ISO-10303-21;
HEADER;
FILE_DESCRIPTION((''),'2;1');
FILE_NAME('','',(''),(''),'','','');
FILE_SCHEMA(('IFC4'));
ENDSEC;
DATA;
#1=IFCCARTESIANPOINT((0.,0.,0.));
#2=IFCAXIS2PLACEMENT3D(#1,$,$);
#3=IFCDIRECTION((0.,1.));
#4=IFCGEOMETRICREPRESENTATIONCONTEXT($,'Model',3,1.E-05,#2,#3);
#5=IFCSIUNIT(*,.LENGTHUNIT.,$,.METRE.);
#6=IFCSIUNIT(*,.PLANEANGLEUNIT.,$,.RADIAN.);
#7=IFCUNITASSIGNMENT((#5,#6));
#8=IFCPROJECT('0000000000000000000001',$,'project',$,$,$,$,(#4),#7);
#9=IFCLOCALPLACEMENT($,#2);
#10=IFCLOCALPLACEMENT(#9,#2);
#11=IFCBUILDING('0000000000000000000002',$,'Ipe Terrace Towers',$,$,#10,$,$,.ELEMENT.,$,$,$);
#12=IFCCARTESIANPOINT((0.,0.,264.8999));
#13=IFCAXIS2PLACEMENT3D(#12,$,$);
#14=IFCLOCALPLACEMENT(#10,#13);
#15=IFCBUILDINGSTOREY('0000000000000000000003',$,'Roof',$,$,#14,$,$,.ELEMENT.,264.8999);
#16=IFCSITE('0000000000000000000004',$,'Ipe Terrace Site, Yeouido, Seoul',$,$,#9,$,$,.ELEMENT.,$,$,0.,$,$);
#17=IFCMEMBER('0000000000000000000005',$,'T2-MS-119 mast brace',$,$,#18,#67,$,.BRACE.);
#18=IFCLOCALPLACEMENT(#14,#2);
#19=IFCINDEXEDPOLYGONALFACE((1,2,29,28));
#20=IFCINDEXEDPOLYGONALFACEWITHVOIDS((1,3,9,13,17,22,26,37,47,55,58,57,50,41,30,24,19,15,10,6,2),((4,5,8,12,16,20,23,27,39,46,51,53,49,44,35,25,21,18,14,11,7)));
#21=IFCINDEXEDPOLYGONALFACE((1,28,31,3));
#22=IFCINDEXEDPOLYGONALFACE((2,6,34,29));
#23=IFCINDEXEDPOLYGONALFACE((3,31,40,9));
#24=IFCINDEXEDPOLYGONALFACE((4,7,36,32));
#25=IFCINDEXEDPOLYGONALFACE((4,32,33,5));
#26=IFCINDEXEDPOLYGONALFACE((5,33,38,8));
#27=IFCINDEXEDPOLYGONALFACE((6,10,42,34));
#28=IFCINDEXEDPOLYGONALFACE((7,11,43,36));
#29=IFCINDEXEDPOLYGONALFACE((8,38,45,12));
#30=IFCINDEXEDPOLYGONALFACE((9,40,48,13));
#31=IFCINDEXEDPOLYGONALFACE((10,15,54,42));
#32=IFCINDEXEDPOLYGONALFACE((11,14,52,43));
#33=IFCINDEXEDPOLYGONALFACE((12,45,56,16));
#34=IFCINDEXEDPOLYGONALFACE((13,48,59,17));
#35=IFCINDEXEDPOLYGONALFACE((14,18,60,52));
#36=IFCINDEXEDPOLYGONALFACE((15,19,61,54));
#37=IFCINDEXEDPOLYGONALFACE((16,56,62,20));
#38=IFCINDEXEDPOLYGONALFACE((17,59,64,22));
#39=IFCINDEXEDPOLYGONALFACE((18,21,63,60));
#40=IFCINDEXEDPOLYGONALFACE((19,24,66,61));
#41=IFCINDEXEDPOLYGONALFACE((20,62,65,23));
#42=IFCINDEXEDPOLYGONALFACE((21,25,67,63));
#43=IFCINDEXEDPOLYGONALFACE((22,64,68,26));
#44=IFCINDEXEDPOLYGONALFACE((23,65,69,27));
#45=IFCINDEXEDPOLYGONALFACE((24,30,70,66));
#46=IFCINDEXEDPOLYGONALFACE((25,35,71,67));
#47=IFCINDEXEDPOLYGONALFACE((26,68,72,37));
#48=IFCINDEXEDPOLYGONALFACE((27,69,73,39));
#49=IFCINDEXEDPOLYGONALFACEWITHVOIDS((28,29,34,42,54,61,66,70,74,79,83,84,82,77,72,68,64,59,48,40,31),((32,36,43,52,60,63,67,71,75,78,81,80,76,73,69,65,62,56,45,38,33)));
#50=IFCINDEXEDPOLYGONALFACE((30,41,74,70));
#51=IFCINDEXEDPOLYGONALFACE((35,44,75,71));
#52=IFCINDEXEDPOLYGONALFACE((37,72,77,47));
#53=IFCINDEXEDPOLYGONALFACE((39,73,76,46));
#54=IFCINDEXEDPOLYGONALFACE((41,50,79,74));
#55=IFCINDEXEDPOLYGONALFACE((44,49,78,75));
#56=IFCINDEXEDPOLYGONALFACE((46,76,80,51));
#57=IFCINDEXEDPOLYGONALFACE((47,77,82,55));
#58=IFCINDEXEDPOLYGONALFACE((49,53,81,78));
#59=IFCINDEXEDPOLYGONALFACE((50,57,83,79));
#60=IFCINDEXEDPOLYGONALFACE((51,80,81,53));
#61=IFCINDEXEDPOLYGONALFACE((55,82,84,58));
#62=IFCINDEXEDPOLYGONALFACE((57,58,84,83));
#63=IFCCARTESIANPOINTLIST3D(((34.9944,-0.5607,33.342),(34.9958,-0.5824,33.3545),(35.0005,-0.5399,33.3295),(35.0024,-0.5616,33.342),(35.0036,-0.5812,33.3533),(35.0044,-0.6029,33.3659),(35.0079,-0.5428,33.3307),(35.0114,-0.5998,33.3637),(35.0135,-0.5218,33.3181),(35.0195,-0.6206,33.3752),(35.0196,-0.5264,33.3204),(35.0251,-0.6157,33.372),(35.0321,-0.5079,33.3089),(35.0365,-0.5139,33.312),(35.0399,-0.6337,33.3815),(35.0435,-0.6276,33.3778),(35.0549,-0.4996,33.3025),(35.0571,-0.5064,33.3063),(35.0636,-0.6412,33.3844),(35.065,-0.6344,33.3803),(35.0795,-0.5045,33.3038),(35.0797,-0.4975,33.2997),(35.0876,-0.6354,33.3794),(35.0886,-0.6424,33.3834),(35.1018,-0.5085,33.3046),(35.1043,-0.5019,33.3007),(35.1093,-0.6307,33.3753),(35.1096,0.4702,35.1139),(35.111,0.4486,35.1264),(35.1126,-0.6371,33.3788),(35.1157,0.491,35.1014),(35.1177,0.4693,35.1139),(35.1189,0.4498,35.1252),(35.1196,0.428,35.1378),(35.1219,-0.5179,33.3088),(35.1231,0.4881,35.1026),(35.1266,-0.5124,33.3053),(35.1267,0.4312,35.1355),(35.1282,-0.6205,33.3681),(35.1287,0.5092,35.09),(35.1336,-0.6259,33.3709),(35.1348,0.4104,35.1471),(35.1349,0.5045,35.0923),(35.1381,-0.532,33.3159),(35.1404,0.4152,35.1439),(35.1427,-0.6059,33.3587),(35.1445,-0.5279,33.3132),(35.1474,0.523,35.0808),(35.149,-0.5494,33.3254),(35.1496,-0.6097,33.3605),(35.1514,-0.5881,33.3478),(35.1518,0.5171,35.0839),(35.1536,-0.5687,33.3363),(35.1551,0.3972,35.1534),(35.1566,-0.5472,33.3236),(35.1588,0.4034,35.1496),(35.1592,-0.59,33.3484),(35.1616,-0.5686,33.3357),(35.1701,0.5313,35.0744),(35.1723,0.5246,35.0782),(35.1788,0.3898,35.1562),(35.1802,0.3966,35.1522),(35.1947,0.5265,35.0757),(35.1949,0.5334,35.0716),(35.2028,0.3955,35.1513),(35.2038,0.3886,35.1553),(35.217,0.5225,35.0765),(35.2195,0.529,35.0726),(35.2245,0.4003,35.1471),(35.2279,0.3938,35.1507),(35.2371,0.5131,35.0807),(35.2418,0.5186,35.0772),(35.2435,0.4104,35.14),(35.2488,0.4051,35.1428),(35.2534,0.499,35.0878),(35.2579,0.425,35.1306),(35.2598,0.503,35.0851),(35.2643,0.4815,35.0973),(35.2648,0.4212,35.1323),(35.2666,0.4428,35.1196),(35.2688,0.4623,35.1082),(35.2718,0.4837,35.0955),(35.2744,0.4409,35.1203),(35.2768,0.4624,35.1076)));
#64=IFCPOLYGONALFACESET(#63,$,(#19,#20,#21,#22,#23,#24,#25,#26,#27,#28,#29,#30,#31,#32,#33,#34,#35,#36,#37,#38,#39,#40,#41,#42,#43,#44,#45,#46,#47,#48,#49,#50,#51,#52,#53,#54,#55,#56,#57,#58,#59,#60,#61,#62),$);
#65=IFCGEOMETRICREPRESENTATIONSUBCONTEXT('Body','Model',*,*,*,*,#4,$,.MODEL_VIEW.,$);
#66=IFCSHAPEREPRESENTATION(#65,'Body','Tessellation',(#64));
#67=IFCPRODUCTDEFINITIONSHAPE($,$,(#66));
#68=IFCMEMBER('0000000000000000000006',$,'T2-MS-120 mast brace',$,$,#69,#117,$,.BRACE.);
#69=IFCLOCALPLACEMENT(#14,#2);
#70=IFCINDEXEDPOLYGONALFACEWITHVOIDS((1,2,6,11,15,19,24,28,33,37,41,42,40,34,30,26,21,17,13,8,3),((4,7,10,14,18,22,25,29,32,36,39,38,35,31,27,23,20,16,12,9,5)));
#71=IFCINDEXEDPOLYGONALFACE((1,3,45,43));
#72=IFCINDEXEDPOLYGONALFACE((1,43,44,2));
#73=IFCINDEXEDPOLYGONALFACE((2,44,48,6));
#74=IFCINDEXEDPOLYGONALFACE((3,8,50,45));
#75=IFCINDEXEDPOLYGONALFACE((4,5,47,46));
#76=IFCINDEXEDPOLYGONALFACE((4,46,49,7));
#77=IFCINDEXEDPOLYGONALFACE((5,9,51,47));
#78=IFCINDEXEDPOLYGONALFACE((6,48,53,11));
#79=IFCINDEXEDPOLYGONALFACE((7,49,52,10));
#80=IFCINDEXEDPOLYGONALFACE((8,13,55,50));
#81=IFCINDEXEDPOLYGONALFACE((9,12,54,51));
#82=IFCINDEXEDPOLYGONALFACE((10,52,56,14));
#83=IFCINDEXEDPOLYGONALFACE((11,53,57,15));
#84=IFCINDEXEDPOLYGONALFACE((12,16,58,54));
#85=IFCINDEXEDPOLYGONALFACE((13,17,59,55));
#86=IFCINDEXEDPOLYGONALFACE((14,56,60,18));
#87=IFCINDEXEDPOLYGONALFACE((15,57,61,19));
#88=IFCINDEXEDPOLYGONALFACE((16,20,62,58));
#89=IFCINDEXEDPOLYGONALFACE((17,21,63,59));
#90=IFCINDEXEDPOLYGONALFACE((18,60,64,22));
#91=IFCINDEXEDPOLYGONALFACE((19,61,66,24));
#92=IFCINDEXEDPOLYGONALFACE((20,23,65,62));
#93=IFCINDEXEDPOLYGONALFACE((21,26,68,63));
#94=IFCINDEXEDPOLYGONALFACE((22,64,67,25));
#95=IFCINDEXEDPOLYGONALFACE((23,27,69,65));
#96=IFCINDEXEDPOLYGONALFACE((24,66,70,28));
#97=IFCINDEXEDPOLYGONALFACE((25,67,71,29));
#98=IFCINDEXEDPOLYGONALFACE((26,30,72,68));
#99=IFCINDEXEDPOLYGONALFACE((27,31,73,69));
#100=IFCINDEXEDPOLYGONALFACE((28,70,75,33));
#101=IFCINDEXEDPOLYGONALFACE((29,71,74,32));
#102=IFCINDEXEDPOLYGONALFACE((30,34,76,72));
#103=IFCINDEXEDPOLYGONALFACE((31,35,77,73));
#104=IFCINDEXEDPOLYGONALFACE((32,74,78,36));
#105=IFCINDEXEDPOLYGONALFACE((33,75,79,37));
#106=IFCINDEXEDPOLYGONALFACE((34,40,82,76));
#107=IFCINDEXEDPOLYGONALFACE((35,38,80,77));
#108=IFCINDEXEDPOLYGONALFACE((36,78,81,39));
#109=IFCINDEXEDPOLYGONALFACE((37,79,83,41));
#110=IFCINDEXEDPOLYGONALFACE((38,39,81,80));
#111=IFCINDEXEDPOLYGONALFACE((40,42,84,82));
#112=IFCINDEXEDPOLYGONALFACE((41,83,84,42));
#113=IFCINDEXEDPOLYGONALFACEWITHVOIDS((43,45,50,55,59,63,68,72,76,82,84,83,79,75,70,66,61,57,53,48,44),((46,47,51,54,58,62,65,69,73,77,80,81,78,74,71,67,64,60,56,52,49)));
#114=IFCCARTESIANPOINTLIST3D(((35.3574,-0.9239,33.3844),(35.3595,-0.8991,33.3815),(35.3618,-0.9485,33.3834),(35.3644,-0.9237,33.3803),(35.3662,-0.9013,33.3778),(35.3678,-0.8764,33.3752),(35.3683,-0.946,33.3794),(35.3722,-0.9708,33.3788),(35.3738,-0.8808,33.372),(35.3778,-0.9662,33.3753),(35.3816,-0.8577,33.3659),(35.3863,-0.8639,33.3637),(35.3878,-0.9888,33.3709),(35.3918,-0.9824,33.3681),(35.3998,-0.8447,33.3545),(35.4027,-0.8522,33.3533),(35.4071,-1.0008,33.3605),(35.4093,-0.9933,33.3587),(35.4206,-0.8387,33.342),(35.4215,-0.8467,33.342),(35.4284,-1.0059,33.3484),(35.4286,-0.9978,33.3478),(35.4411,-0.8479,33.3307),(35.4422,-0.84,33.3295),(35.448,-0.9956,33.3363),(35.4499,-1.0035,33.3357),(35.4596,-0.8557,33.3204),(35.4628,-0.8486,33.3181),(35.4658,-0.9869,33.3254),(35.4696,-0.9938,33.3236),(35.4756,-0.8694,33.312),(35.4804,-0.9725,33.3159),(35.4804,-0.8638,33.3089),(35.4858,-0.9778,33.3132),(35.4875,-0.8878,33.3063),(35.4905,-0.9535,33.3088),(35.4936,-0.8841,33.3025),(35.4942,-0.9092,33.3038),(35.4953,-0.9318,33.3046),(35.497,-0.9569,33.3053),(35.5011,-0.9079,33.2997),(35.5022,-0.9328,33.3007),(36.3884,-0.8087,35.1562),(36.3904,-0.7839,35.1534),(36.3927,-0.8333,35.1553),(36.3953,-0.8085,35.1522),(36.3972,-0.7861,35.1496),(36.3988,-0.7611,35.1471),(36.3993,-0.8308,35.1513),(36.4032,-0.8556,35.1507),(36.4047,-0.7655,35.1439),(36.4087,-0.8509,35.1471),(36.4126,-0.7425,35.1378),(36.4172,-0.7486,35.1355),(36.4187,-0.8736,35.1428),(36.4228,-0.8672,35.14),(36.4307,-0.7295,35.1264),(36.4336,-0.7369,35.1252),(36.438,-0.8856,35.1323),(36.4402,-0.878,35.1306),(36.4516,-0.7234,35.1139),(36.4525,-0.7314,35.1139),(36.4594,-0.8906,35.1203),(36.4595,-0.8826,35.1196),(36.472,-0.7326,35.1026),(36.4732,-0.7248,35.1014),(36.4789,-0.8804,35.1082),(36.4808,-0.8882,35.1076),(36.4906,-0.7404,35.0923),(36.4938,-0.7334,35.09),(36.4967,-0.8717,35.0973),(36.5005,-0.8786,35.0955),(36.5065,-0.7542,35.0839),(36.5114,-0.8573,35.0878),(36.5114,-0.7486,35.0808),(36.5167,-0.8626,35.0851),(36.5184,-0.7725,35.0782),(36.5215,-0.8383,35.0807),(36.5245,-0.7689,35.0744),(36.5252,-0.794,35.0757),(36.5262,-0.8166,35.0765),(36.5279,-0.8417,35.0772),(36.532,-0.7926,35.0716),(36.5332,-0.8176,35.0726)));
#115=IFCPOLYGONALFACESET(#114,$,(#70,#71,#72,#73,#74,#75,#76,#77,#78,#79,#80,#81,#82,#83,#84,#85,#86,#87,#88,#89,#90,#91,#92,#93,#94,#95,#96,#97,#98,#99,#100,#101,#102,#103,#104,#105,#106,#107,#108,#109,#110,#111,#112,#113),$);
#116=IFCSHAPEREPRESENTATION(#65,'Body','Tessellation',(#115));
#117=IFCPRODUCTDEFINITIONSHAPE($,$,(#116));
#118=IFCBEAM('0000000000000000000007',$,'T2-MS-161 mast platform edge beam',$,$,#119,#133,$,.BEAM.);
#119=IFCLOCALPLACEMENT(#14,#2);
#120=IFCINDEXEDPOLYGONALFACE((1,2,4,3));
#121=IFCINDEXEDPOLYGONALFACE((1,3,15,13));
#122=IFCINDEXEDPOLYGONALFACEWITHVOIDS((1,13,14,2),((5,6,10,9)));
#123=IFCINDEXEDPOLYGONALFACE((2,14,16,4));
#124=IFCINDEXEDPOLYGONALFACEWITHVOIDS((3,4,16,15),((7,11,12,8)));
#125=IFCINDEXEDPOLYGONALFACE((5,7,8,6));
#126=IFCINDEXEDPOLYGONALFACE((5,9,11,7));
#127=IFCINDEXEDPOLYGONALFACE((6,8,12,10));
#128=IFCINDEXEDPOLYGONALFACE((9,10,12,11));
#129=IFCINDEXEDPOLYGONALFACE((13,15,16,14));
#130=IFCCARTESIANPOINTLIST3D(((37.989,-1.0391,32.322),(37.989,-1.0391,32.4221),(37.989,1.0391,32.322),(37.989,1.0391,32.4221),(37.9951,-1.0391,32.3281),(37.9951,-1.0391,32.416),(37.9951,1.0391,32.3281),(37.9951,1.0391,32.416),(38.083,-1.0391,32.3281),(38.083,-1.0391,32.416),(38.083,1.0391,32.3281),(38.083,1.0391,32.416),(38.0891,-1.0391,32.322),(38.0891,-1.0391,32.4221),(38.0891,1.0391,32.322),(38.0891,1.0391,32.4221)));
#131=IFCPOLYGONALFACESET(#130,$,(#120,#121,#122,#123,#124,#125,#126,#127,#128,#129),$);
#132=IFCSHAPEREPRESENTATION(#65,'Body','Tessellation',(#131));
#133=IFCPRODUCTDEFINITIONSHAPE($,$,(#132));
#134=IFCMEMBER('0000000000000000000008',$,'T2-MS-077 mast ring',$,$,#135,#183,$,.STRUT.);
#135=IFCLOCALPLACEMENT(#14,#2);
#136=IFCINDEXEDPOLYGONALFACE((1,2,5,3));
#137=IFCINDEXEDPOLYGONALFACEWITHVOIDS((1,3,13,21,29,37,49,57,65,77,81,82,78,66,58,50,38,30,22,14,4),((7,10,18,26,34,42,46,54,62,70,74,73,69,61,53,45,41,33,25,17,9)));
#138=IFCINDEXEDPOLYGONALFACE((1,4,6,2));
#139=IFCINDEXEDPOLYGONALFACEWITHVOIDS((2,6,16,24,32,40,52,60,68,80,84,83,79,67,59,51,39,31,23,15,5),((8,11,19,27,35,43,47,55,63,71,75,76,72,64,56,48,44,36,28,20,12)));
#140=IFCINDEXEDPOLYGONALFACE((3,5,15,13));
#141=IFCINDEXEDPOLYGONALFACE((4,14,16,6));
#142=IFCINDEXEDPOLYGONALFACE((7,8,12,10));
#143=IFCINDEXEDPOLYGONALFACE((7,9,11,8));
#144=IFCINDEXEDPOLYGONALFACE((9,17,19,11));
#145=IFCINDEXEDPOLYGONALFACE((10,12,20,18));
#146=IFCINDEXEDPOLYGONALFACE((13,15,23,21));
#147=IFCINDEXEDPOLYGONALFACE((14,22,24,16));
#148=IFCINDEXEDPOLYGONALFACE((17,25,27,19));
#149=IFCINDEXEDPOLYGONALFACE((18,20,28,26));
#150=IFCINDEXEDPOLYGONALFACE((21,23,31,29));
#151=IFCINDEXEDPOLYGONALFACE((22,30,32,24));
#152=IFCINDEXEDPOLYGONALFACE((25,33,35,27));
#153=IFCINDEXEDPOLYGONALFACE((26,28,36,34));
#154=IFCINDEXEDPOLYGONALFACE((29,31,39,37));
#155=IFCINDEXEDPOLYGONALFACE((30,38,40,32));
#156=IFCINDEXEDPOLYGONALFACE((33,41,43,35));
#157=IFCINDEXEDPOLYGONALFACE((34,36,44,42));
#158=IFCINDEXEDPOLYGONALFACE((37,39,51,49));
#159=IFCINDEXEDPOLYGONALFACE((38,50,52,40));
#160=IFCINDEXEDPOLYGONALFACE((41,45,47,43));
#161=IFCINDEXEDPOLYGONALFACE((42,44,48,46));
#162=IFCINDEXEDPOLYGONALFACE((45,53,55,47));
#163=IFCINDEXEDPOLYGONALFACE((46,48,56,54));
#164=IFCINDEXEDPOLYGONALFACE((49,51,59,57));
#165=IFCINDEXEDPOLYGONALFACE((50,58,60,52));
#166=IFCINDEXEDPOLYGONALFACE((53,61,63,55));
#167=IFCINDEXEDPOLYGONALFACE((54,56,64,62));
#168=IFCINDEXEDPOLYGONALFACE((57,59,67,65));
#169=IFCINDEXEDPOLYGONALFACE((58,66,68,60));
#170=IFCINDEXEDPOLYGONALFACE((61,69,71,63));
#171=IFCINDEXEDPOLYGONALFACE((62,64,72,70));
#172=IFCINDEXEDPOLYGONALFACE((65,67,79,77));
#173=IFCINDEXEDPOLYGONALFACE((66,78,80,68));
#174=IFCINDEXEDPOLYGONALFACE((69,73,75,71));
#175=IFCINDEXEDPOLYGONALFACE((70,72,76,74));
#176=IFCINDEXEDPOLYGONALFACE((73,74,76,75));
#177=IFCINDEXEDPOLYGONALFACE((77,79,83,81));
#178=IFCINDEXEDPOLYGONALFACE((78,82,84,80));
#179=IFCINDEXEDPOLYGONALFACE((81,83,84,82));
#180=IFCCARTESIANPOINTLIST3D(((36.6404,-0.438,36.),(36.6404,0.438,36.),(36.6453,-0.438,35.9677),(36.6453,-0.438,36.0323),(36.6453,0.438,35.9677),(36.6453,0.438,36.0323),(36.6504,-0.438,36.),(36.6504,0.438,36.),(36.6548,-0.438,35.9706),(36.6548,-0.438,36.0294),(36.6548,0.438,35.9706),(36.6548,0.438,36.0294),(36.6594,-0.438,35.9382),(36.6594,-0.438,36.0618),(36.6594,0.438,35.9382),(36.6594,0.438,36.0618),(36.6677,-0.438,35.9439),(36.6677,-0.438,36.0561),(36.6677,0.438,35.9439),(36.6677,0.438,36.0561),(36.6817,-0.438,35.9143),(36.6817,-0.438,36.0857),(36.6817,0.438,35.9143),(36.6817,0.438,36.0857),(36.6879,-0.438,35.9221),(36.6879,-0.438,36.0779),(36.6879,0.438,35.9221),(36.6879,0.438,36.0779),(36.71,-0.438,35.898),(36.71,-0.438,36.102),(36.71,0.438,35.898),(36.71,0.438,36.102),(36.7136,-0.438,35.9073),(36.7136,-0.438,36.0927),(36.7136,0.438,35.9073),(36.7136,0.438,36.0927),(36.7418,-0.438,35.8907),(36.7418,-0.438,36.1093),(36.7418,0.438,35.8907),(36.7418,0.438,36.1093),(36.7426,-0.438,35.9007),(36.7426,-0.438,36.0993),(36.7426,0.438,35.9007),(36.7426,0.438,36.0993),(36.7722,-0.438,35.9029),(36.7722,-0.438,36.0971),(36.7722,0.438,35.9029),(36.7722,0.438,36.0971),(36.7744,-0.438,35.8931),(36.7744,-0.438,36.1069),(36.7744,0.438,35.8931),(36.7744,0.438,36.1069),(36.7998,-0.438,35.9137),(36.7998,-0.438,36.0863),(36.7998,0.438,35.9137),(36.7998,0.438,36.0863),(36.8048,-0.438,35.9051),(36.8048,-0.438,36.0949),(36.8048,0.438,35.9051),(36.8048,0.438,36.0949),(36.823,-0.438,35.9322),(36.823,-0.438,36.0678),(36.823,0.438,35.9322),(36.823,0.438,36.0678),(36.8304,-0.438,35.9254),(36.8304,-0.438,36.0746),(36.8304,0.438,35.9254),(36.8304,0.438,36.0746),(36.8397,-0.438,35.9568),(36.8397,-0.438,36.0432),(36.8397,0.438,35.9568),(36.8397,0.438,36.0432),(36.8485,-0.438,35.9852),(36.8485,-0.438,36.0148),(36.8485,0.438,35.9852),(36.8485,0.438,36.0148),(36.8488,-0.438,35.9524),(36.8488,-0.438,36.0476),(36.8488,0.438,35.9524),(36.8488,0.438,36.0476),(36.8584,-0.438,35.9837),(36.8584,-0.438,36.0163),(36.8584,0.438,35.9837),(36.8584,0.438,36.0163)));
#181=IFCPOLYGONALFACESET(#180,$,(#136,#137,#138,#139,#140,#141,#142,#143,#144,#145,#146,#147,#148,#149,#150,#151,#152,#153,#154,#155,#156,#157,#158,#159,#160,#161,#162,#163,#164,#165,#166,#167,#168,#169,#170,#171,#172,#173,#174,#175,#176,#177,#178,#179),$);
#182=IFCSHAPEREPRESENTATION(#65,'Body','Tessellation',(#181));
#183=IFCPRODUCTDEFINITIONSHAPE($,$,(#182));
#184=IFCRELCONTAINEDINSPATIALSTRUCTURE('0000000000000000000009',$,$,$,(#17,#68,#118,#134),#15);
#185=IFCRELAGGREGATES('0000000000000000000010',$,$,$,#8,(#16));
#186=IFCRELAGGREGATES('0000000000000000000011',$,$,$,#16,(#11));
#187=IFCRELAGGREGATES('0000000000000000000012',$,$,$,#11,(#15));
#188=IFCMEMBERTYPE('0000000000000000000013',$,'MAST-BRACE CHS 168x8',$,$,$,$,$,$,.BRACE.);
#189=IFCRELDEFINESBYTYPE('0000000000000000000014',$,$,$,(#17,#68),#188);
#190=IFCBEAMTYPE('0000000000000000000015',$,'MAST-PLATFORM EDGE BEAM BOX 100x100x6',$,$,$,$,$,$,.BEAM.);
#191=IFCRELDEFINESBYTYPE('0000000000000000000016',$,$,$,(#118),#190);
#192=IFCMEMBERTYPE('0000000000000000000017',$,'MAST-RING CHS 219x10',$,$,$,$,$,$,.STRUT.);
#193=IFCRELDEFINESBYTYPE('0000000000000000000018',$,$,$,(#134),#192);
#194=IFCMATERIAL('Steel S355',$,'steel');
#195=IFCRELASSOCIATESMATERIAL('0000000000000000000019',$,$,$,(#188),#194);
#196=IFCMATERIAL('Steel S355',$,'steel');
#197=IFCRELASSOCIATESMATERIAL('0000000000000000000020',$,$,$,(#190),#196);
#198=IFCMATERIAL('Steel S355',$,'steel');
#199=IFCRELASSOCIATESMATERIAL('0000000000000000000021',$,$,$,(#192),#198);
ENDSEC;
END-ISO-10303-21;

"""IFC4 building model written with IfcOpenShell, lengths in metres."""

from ifc_helpers import new_model, si_unit, direction, frame, origin, origin_2d, place, context, subcontext, project, spatial, hollow_rectangle, hollow_circle, extrude, material, material_profile, profile_set, type_object, element, save


model = new_model("IFC4")

# Units and contexts
model_context = context("Model", 3, precision=1e-05, world=origin(), true_north=direction((0.0, 1.0)))
body_context = subcontext(model_context, "Body", "Model", "MODEL_VIEW")
ifc_project = project(units=[si_unit("LENGTHUNIT", "METRE"), si_unit("PLANEANGLEUNIT", "RADIAN")], contexts=[model_context])

# Site, building, storey
site_placement = place(None, origin())
site = spatial("IfcSite", under=ifc_project, at=site_placement, Name="Ipe Terrace Site, Yeouido, Seoul", CompositionType="ELEMENT", RefElevation=0.0)
building_placement = place(site_placement, origin())
building = spatial("IfcBuilding", under=site, at=building_placement, Name="Ipe Terrace Towers", CompositionType="ELEMENT")
storey_placement = place(building_placement, frame((0.0, 0.0, 264.8999)))
storey = spatial("IfcBuildingStorey", under=building, at=storey_placement, Name="Roof", CompositionType="ELEMENT", Elevation=264.8999)

# Members
ifc_material_1 = material(Name="Steel S355", Category="steel")
ifc_material_profile_1 = material_profile(ifc_material_1, hollow_circle(Radius=0.084, WallThickness=0.0081, at=origin_2d()), Name="MAST-BRACE CHS 168x8")
ifc_profile_set_1 = profile_set([ifc_material_profile_1], Name="Steel S355")
member_type_1 = type_object("IfcMemberType", Name="MAST-BRACE CHS 168x8", PredefinedType="BRACE", material=ifc_profile_set_1)
for number, where, z_axis, x_axis, name in (
    (1, (35.0779, -0.5701, 33.342), (0.056121, 0.502116, 0.862978), (-0.993812, 0.111077, 0.0), "T2-MS-119 mast brace"),
    (2, (35.4299, -0.9221, 33.342), (0.502116, 0.056121, 0.862978), (-0.111077, 0.993812, 0.0), "T2-MS-120 mast brace"),
):
    element("IfcMember", number, at=place(storey_placement, frame(where, z_axis=z_axis, x_axis=x_axis)), inside=storey, type_object=member_type_1, Name=name, PredefinedType="BRACE", context=body_context, shape_type="SweptSolid", body=[
        extrude(hollow_circle(Radius=0.084, WallThickness=0.0081, at=origin_2d()), origin(), (0.0, 0.0, 1.0), 2.0532),
    ])

# Beam
ifc_material_2 = material(Name="Steel S355", Category="steel")
ifc_material_profile_2 = material_profile(ifc_material_2, hollow_rectangle(XDim=0.1001, YDim=0.1001, WallThickness=0.0061, at=origin_2d()), Name="MAST-PLATFORM EDGE BEAM BOX 100x100x6")
ifc_profile_set_2 = profile_set([ifc_material_profile_2], Name="Steel S355")
beam_type = type_object("IfcBeamType", Name="MAST-PLATFORM EDGE BEAM BOX 100x100x6", PredefinedType="BEAM", material=ifc_profile_set_2)
beam_placement = place(storey_placement, frame((38.0391, -1.0391, 32.3721), z_axis=(0.0, 1.0, 0.0), x_axis=(-1.0, 0.0, 0.0)))
element("IfcBeam", 3, at=beam_placement, inside=storey, type_object=beam_type, Name="T2-MS-161 mast platform edge beam", PredefinedType="BEAM", context=body_context, shape_type="SweptSolid", body=[
    extrude(hollow_rectangle(XDim=0.1001, YDim=0.1001, WallThickness=0.0061, at=origin_2d()), origin(), (0.0, 0.0, 1.0), 2.0781),
])

# Member
ifc_material_3 = material(Name="Steel S355", Category="steel")
ifc_material_profile_3 = material_profile(ifc_material_3, hollow_circle(Radius=0.1096, WallThickness=0.01, at=origin_2d()), Name="MAST-RING CHS 219x10")
ifc_profile_set_3 = profile_set([ifc_material_profile_3], Name="Steel S355")
member_type_2 = type_object("IfcMemberType", Name="MAST-RING CHS 219x10", PredefinedType="STRUT", material=ifc_profile_set_3)
for number, where, z_axis, x_axis, name in (
    (4, (36.75, -0.438, 36.0), (0.0, 1.0, 0.0), (-1.0, 0.0, 0.0), "T2-MS-077 mast ring"),
):
    element("IfcMember", number, at=place(storey_placement, frame(where, z_axis=z_axis, x_axis=x_axis)), inside=storey, type_object=member_type_2, Name=name, PredefinedType="STRUT", context=body_context, shape_type="SweptSolid", body=[
        extrude(hollow_circle(Radius=0.1096, WallThickness=0.01, at=origin_2d()), origin(), (0.0, 0.0, 1.0), 0.876),
    ])

save(model, "model.ifc")
